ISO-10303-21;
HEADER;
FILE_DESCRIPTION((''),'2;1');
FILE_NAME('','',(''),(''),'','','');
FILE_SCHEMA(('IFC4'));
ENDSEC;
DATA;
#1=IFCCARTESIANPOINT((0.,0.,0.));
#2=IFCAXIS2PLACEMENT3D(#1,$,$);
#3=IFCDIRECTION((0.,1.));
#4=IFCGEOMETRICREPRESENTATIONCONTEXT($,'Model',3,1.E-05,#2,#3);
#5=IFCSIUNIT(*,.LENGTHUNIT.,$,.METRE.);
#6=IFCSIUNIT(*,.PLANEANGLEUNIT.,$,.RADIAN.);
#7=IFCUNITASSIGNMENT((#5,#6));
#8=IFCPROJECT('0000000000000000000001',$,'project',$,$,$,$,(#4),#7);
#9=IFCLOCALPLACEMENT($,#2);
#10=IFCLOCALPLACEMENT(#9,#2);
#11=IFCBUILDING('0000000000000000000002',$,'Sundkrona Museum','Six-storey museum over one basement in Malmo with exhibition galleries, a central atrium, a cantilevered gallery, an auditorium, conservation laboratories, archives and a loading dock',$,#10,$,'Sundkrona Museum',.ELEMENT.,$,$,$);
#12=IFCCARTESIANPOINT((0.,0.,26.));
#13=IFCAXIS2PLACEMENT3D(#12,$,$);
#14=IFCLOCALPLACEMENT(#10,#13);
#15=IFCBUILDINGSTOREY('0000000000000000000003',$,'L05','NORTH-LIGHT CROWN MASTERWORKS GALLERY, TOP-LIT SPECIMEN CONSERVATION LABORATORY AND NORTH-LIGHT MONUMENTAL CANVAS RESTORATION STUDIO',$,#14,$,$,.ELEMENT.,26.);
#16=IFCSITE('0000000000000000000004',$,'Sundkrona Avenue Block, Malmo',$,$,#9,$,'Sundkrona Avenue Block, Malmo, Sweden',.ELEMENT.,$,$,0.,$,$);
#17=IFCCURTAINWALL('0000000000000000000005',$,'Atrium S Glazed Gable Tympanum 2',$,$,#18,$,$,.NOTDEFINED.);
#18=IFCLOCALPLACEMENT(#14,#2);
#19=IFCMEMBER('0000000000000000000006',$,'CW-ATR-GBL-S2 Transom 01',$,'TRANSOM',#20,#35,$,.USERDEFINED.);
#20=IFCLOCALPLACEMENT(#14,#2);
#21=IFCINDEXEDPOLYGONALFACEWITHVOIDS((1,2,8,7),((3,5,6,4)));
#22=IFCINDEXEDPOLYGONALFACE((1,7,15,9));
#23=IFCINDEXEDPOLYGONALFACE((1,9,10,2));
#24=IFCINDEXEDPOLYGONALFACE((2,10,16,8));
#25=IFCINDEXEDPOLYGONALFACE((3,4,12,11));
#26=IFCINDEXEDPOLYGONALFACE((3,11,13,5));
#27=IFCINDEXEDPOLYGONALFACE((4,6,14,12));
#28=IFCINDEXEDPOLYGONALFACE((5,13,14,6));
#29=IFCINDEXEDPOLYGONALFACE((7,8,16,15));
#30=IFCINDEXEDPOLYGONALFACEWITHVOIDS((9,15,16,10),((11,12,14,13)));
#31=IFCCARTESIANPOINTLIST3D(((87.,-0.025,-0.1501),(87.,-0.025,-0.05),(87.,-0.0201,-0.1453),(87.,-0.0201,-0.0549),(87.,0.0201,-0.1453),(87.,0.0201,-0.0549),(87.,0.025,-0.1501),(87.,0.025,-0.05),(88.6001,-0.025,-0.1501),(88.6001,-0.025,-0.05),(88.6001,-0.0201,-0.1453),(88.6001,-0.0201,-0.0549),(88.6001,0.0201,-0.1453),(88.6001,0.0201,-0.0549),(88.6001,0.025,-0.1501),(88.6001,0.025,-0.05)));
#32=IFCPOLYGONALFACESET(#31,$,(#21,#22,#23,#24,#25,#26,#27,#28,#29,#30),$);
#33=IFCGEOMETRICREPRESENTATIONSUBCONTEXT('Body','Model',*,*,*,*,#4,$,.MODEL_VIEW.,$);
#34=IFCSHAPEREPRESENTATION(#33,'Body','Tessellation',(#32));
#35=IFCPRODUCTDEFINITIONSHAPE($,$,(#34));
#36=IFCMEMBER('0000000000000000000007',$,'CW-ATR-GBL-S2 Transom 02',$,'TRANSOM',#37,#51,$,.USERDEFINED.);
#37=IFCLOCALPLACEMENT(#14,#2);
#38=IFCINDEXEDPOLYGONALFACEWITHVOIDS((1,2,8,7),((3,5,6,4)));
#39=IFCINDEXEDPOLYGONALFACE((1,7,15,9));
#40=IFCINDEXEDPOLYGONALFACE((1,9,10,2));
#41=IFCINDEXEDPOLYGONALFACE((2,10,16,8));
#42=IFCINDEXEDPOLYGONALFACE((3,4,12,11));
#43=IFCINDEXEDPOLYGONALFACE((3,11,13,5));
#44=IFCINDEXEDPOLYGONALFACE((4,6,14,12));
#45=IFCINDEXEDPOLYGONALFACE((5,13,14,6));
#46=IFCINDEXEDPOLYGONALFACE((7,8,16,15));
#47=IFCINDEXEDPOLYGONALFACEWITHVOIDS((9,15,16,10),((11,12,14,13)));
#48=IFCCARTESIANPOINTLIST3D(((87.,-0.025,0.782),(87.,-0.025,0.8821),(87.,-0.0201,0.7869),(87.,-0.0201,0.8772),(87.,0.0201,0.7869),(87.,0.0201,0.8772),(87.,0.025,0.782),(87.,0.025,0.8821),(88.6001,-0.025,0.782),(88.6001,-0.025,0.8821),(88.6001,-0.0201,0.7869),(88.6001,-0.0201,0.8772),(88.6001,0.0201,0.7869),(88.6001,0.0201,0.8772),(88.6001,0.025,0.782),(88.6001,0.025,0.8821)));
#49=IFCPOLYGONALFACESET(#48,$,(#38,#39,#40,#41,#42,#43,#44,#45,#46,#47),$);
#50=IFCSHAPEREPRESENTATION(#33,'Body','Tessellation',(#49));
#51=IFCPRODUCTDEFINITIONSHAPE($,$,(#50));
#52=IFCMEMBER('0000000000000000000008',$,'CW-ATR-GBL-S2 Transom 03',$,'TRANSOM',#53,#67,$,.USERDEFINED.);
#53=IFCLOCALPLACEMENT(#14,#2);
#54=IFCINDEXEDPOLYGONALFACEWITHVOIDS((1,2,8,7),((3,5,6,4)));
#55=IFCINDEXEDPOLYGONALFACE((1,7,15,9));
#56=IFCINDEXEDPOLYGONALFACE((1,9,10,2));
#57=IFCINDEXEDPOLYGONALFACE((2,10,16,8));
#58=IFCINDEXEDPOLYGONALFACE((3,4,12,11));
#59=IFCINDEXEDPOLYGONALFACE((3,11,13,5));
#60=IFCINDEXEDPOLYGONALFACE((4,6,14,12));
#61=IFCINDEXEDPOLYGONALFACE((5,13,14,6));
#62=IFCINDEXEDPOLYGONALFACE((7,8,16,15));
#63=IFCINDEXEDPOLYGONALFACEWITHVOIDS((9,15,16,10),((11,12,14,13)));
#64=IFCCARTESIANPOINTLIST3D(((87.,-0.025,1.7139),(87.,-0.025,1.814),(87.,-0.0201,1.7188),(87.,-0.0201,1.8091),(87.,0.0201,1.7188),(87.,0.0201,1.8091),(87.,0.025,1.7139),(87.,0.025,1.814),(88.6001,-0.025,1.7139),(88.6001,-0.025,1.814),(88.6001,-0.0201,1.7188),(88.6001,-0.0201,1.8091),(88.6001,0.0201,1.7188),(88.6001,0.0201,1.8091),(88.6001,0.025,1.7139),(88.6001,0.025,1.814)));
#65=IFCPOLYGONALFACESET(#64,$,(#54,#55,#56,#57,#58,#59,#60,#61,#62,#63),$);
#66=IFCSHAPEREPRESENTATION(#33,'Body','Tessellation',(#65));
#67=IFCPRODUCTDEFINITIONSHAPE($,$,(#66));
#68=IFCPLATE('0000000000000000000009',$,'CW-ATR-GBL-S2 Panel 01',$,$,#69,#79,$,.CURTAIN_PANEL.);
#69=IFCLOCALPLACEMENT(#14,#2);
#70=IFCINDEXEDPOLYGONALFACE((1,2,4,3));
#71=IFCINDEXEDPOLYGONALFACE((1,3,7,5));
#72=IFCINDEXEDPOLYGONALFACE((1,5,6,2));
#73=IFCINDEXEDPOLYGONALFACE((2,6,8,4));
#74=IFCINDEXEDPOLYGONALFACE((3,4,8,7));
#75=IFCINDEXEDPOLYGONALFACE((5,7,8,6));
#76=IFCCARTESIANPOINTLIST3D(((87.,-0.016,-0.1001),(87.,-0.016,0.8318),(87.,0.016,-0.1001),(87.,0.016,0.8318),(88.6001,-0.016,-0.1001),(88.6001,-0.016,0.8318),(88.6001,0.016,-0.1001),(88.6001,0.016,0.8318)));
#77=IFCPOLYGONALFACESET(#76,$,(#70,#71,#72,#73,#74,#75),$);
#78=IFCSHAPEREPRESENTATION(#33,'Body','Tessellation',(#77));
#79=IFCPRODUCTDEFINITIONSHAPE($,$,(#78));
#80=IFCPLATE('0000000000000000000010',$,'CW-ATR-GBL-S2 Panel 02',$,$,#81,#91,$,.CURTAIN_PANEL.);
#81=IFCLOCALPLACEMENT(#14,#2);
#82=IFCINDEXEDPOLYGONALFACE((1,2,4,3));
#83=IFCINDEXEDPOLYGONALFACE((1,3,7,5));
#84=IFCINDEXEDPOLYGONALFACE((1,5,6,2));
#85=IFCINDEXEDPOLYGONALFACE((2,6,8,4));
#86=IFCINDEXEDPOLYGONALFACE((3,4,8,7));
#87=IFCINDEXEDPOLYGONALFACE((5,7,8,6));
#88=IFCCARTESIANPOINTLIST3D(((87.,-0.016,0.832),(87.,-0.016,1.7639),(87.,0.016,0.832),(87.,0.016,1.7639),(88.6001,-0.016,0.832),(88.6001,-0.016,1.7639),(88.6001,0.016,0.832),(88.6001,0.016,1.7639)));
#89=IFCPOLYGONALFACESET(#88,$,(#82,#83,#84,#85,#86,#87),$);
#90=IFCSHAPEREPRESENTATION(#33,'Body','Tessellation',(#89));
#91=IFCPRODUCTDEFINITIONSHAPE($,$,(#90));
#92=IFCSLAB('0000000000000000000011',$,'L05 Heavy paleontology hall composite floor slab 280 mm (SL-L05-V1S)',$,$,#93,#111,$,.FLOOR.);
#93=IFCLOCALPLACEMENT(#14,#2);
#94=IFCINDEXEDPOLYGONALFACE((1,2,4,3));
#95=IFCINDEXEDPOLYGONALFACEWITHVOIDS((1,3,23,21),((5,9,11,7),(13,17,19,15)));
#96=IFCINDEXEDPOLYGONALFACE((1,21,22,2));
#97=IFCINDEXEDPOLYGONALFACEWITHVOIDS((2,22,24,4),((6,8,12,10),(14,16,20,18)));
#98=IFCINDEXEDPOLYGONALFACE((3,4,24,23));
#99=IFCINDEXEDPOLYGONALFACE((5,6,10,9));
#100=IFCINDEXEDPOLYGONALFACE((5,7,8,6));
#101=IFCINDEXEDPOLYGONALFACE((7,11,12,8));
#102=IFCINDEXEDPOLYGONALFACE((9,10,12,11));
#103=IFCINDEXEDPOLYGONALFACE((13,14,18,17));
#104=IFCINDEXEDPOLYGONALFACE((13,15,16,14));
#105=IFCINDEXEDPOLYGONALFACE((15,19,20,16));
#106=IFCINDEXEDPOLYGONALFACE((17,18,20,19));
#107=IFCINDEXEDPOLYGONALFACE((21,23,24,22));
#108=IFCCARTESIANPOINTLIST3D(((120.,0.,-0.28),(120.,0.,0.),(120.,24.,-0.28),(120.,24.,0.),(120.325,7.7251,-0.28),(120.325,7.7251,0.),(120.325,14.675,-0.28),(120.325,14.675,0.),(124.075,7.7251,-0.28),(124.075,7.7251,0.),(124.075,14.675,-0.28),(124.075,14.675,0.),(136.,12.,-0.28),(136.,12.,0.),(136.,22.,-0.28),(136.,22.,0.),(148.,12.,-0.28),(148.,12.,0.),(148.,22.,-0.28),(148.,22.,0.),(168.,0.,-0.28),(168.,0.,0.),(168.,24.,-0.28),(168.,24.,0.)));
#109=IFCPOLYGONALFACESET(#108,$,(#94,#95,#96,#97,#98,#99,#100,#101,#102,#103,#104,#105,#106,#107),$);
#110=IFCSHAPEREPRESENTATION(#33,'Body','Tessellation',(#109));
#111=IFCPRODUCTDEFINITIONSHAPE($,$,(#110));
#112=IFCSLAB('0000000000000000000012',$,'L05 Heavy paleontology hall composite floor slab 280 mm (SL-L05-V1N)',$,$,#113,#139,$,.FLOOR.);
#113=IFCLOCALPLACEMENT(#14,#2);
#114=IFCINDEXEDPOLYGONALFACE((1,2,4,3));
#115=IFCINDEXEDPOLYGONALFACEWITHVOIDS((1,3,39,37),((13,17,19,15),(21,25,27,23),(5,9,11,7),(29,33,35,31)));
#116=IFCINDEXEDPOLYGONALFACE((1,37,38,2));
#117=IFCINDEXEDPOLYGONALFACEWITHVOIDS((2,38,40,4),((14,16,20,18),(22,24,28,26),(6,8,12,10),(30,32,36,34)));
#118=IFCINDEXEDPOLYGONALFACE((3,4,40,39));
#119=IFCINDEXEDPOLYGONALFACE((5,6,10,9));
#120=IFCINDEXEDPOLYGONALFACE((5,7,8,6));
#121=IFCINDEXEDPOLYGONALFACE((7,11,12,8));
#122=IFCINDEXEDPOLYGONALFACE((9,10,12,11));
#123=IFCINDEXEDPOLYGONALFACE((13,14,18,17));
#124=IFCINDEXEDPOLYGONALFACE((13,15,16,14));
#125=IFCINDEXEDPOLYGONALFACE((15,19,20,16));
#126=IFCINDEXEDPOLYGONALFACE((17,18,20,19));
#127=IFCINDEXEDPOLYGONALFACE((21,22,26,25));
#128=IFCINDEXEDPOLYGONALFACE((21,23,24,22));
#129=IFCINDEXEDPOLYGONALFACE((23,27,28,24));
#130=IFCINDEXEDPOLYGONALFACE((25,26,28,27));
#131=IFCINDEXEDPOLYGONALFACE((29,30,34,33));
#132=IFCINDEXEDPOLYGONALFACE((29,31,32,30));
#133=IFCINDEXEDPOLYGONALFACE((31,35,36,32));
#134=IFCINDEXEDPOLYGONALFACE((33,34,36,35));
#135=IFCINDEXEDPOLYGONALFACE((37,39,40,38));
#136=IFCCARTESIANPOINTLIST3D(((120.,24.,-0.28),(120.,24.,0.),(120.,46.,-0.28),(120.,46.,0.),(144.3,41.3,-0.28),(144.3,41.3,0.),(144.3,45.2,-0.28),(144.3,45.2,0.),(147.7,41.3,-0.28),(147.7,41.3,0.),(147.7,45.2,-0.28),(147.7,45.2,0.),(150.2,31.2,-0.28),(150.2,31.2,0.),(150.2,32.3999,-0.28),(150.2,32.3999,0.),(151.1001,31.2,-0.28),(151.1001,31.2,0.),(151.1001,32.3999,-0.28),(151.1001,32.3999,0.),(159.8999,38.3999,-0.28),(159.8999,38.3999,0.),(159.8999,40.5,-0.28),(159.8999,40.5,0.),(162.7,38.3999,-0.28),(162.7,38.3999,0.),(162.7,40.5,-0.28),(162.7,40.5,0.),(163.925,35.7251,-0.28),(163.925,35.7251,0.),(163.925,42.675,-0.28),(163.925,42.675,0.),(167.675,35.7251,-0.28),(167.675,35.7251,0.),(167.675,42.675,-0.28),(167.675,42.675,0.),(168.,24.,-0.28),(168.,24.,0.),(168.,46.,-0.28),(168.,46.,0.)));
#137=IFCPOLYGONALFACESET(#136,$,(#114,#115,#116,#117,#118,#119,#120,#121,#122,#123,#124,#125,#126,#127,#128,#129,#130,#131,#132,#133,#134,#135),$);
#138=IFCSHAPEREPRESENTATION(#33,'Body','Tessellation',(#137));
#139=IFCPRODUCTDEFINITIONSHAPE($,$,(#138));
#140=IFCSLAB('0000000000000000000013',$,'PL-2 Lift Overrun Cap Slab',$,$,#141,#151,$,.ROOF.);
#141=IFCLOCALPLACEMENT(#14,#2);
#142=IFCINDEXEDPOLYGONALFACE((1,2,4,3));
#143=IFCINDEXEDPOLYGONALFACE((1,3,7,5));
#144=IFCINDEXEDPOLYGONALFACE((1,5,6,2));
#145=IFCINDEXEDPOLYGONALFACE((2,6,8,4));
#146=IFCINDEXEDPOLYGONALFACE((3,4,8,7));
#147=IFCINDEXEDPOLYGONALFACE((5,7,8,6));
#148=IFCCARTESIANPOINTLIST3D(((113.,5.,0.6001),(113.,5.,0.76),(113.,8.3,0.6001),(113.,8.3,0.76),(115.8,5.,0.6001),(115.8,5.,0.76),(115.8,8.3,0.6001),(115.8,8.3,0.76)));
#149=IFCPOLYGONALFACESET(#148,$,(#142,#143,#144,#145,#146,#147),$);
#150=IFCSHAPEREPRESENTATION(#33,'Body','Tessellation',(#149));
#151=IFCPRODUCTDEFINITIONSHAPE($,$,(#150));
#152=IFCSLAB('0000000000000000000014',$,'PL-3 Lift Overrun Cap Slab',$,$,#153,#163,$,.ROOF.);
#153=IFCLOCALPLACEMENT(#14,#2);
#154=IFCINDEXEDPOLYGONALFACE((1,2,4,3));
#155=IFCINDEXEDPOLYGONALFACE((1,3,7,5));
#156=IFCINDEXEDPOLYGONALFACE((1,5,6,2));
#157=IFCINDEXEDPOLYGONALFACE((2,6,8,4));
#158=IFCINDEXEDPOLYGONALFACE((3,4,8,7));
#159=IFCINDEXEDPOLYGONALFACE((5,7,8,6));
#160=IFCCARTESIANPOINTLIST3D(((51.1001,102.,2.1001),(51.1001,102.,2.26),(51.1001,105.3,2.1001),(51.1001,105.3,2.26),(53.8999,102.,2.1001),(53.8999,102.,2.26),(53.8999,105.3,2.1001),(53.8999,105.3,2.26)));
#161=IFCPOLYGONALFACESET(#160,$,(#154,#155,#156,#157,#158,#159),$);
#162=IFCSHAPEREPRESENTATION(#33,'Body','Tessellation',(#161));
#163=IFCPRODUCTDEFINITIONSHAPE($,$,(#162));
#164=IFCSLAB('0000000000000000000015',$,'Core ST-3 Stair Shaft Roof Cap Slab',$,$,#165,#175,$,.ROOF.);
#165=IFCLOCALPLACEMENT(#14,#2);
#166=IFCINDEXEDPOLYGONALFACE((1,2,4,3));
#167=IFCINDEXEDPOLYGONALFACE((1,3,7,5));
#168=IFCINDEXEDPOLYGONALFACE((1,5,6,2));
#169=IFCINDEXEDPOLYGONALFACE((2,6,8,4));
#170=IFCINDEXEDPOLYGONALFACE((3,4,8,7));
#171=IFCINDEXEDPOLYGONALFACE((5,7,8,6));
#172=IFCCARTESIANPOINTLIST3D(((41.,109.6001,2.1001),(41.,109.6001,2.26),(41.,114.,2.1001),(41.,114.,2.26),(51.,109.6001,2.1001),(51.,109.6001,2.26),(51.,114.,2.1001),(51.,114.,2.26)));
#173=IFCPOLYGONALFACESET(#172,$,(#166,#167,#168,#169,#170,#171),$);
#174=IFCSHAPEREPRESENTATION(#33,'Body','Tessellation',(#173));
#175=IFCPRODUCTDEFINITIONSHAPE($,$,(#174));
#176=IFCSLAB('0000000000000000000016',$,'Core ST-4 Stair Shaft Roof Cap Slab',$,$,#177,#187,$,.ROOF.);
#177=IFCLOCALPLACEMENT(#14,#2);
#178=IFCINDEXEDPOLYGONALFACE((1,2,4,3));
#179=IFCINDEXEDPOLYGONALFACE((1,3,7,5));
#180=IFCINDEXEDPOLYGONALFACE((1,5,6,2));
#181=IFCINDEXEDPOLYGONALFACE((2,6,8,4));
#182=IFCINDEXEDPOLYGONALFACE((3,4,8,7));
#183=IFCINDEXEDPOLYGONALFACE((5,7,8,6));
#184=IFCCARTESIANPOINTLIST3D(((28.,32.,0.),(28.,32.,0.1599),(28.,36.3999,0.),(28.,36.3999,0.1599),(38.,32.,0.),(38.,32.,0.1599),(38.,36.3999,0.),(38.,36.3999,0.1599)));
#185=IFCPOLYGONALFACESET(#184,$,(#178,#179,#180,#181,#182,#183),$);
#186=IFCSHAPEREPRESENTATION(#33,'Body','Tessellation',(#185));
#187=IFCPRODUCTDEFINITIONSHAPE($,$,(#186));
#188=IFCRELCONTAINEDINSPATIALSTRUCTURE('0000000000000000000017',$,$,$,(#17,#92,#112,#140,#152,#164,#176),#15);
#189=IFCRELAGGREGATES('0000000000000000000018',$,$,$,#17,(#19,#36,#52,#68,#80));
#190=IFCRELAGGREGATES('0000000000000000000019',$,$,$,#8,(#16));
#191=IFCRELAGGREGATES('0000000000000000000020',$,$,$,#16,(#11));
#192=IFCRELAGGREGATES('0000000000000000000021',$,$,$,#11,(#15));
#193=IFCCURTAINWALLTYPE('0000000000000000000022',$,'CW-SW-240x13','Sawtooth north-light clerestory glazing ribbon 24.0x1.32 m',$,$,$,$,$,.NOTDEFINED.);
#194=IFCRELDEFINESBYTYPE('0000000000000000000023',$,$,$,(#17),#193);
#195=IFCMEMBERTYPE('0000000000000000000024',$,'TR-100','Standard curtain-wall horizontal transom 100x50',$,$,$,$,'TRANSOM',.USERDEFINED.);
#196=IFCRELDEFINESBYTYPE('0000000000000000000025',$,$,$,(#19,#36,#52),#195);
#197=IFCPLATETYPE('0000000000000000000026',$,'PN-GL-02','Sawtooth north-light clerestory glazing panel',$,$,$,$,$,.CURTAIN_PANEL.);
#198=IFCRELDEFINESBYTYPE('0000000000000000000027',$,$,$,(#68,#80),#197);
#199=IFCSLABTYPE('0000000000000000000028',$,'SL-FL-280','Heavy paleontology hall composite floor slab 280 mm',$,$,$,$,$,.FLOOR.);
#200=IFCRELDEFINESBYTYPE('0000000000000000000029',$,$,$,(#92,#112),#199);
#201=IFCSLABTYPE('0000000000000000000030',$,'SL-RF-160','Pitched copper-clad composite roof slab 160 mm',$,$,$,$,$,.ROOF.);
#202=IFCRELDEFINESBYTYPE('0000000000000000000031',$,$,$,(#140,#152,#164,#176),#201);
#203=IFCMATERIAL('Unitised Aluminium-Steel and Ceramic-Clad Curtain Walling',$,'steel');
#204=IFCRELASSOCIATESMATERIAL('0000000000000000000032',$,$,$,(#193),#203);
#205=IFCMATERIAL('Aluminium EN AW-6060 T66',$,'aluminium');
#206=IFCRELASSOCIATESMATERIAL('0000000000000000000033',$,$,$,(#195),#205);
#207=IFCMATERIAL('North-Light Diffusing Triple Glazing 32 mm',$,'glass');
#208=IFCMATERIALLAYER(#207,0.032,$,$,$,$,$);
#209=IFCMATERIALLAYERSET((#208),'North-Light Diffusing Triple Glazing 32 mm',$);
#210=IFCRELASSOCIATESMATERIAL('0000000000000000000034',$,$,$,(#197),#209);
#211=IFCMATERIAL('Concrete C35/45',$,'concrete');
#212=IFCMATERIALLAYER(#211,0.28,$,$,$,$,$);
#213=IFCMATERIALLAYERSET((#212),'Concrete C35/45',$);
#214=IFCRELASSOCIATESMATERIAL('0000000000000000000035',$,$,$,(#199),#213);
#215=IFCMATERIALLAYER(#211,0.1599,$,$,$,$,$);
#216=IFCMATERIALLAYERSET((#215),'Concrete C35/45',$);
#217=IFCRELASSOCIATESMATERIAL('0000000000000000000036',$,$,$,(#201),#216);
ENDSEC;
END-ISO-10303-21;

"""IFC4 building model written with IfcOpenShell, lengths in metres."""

from ifc_helpers import new_model, si_unit, direction, frame, origin, origin_2d, place, context, subcontext, project, spatial, polyline, rectangle, hollow_rectangle, outline, extrude, material, layer, layer_set, material_profile, profile_set, type_object, element, aggregate, save


model = new_model("IFC4")

# Units and contexts
model_context = context("Model", 3, precision=1e-05, world=origin(), true_north=direction((0.0, 1.0)))
body_context = subcontext(model_context, "Body", "Model", "MODEL_VIEW")
ifc_project = project(units=[si_unit("LENGTHUNIT", "METRE"), si_unit("PLANEANGLEUNIT", "RADIAN")], contexts=[model_context])

# Site, building, storey
site_placement = place(None, origin())
site = spatial("IfcSite", under=ifc_project, at=site_placement, Name="Sundkrona Avenue Block, Malmo", LongName="Sundkrona Avenue Block, Malmo, Sweden", CompositionType="ELEMENT", RefElevation=0.0)
building_placement = place(site_placement, origin())
building = spatial("IfcBuilding", under=site, at=building_placement, Name="Sundkrona Museum", Description="Six-storey museum over one basement in Malmo with exhibition galleries, a central atrium, a cantilevered gallery, an auditorium, conservation laboratories, archives and a loading dock", LongName="Sundkrona Museum", CompositionType="ELEMENT")
storey_placement = place(building_placement, frame((0.0, 0.0, 26.0)))
storey = spatial("IfcBuildingStorey", under=building, at=storey_placement, Name="L05", Description="NORTH-LIGHT CROWN MASTERWORKS GALLERY, TOP-LIT SPECIMEN CONSERVATION LABORATORY AND NORTH-LIGHT MONUMENTAL CANVAS RESTORATION STUDIO", CompositionType="ELEMENT", Elevation=26.0)

# Curtain wall
ifc_material_1 = material(Name="Unitised Aluminium-Steel and Ceramic-Clad Curtain Walling", Category="steel")
curtain_wall_type = type_object("IfcCurtainWallType", Name="CW-SW-240x13", Description="Sawtooth north-light clerestory glazing ribbon 24.0x1.32 m", PredefinedType="NOTDEFINED", material=ifc_material_1)
curtain_wall_placement = place(storey_placement, origin())
curtain_wall = element("IfcCurtainWall", 1, at=curtain_wall_placement, inside=storey, type_object=curtain_wall_type, Name="Atrium S Glazed Gable Tympanum 2", PredefinedType="NOTDEFINED")
ifc_material_2 = material(Name="Aluminium EN AW-6060 T66", Category="aluminium")

# Members
ifc_material_profile_1 = material_profile(ifc_material_2, hollow_rectangle(XDim=0.05, YDim=0.1001, WallThickness=0.0049, at=origin_2d()), Name="RHS 100x50x5.0")
ifc_profile_set_1 = profile_set([ifc_material_profile_1], Name="Aluminium EN AW-6060 T66")
member_type_1 = type_object("IfcMemberType", Name="TR-100", Description="Standard curtain-wall horizontal transom 100x50", ElementType="TRANSOM", PredefinedType="USERDEFINED", material=ifc_profile_set_1)
member_1_placement = place(storey_placement, frame((87.0, 0.0, -0.1001), z_axis=(1.0, 0.0, 0.0), x_axis=(0.0, 1.0, 0.0)))
member_1 = element("IfcMember", 2, at=member_1_placement, type_object=member_type_1, Name="CW-ATR-GBL-S2 Transom 01", ObjectType="TRANSOM", PredefinedType="USERDEFINED", context=body_context, shape_type="SweptSolid", body=[
    extrude(hollow_rectangle(XDim=0.05, YDim=0.1001, WallThickness=0.0049, at=origin_2d()), origin(), (0.0, 0.0, 1.0), 1.6001),
])
member_2_placement = place(storey_placement, frame((87.0, 0.0, 0.832), z_axis=(1.0, 0.0, 0.0), x_axis=(0.0, 1.0, 0.0)))
member_2 = element("IfcMember", 3, at=member_2_placement, type_object=member_type_1, Name="CW-ATR-GBL-S2 Transom 02", ObjectType="TRANSOM", PredefinedType="USERDEFINED", context=body_context, shape_type="SweptSolid", body=[
    extrude(hollow_rectangle(XDim=0.05, YDim=0.1001, WallThickness=0.0049, at=origin_2d()), origin(), (0.0, 0.0, 1.0), 1.6001),
])
member_3_placement = place(storey_placement, frame((87.0, 0.0, 1.7639), z_axis=(1.0, 0.0, 0.0), x_axis=(0.0, 1.0, 0.0)))
member_3 = element("IfcMember", 4, at=member_3_placement, type_object=member_type_1, Name="CW-ATR-GBL-S2 Transom 03", ObjectType="TRANSOM", PredefinedType="USERDEFINED", context=body_context, shape_type="SweptSolid", body=[
    extrude(hollow_rectangle(XDim=0.05, YDim=0.1001, WallThickness=0.0049, at=origin_2d()), origin(), (0.0, 0.0, 1.0), 1.6001),
])

# Plates
ifc_material_3 = material(Name="North-Light Diffusing Triple Glazing 32 mm", Category="glass")
ifc_layer_1 = layer(ifc_material_3, 0.032)
ifc_layer_set_1 = layer_set([ifc_layer_1], Name="North-Light Diffusing Triple Glazing 32 mm")
plate_type = type_object("IfcPlateType", Name="PN-GL-02", Description="Sawtooth north-light clerestory glazing panel", PredefinedType="CURTAIN_PANEL", material=ifc_layer_set_1)
plate_1_placement = place(storey_placement, frame((87.8, 0.0, -0.1001), z_axis=(0.0, 0.0, 1.0), x_axis=(1.0, 0.0, 0.0)))
plate_1 = element("IfcPlate", 5, at=plate_1_placement, type_object=plate_type, Name="CW-ATR-GBL-S2 Panel 01", PredefinedType="CURTAIN_PANEL", context=body_context, shape_type="SweptSolid", body=[
    extrude(rectangle(XDim=1.6001, YDim=0.032, at=origin_2d()), origin(), (0.0, 0.0, 1.0), 0.9319),
])
plate_2_placement = place(storey_placement, frame((87.8, 0.0, 0.832), z_axis=(0.0, 0.0, 1.0), x_axis=(1.0, 0.0, 0.0)))
plate_2 = element("IfcPlate", 6, at=plate_2_placement, type_object=plate_type, Name="CW-ATR-GBL-S2 Panel 02", PredefinedType="CURTAIN_PANEL", context=body_context, shape_type="SweptSolid", body=[
    extrude(rectangle(XDim=1.6001, YDim=0.032, at=origin_2d()), origin(), (0.0, 0.0, 1.0), 0.9319),
])
aggregate(curtain_wall, [member_1, member_2, member_3, plate_1, plate_2])

# Slabs
ifc_material_4 = material(Name="Concrete C35/45", Category="concrete")
ifc_layer_2 = layer(ifc_material_4, 0.28)
ifc_layer_set_2 = layer_set([ifc_layer_2], Name="Concrete C35/45")
slab_type_1 = type_object("IfcSlabType", Name="SL-FL-280", Description="Heavy paleontology hall composite floor slab 280 mm", PredefinedType="FLOOR", material=ifc_layer_set_2)
slab_1_placement = place(storey_placement, frame((0.0, 0.0, -0.28)))
element("IfcSlab", 7, at=slab_1_placement, inside=storey, type_object=slab_type_1, Name="L05 Heavy paleontology hall composite floor slab 280 mm (SL-L05-V1S)", PredefinedType="FLOOR", context=body_context, shape_type="SweptSolid", body=[
    extrude(outline(polyline([(120.0, 0.0), (168.0, 0.0), (168.0, 24.0), (120.0, 24.0), (120.0, 0.0)]), holes=[polyline([(136.0, 22.0), (148.0, 22.0), (148.0, 12.0), (136.0, 12.0), (136.0, 22.0)]), polyline([(120.325, 7.7251), (120.325, 14.675), (124.075, 14.675), (124.075, 7.7251), (120.325, 7.7251)])]), origin(), (0.0, 0.0, 1.0), 0.28),
])
slab_2_placement = place(storey_placement, frame((0.0, 0.0, -0.28)))
element("IfcSlab", 8, at=slab_2_placement, inside=storey, type_object=slab_type_1, Name="L05 Heavy paleontology hall composite floor slab 280 mm (SL-L05-V1N)", PredefinedType="FLOOR", context=body_context, shape_type="SweptSolid", body=[
    extrude(outline(polyline([(120.0, 24.0), (168.0, 24.0), (168.0, 46.0), (120.0, 46.0), (120.0, 24.0)]), holes=[polyline([(167.675, 42.675), (167.675, 35.7251), (163.925, 35.7251), (163.925, 42.675), (167.675, 42.675)]), polyline([(162.7, 38.3999), (159.8999, 38.3999), (159.8999, 40.5), (162.7, 40.5), (162.7, 38.3999)]), polyline([(151.1001, 31.2), (150.2, 31.2), (150.2, 32.3999), (151.1001, 32.3999), (151.1001, 31.2)]), polyline([(147.7, 41.3), (144.3, 41.3), (144.3, 45.2), (147.7, 45.2), (147.7, 41.3)])]), origin(), (0.0, 0.0, 1.0), 0.28),
])
ifc_layer_3 = layer(ifc_material_4, 0.1599)
ifc_layer_set_3 = layer_set([ifc_layer_3], Name="Concrete C35/45")
slab_type_2 = type_object("IfcSlabType", Name="SL-RF-160", Description="Pitched copper-clad composite roof slab 160 mm", PredefinedType="ROOF", material=ifc_layer_set_3)
slab_3_placement = place(storey_placement, frame((0.0, 0.0, 0.6001)))
element("IfcSlab", 9, at=slab_3_placement, inside=storey, type_object=slab_type_2, Name="PL-2 Lift Overrun Cap Slab", PredefinedType="ROOF", context=body_context, shape_type="SweptSolid", body=[
    extrude(outline(polyline([(113.0, 5.0), (115.8, 5.0), (115.8, 8.3), (113.0, 8.3), (113.0, 5.0)])), origin(), (0.0, 0.0, 1.0), 0.1599),
])
slab_4_placement = place(storey_placement, frame((0.0, 0.0, 2.1001)))
element("IfcSlab", 10, at=slab_4_placement, inside=storey, type_object=slab_type_2, Name="PL-3 Lift Overrun Cap Slab", PredefinedType="ROOF", context=body_context, shape_type="SweptSolid", body=[
    extrude(outline(polyline([(51.1001, 102.0), (53.8999, 102.0), (53.8999, 105.3), (51.1001, 105.3), (51.1001, 102.0)])), origin(), (0.0, 0.0, 1.0), 0.1599),
])
slab_5_placement = place(storey_placement, frame((0.0, 0.0, 2.1001)))
element("IfcSlab", 11, at=slab_5_placement, inside=storey, type_object=slab_type_2, Name="Core ST-3 Stair Shaft Roof Cap Slab", PredefinedType="ROOF", context=body_context, shape_type="SweptSolid", body=[
    extrude(outline(polyline([(41.0, 109.6001), (51.0, 109.6001), (51.0, 114.0), (41.0, 114.0), (41.0, 109.6001)])), origin(), (0.0, 0.0, 1.0), 0.1599),
])
slab_6_placement = place(storey_placement, origin())
element("IfcSlab", 12, at=slab_6_placement, inside=storey, type_object=slab_type_2, Name="Core ST-4 Stair Shaft Roof Cap Slab", PredefinedType="ROOF", context=body_context, shape_type="SweptSolid", body=[
    extrude(outline(polyline([(28.0, 32.0), (38.0, 32.0), (38.0, 36.3999), (28.0, 36.3999), (28.0, 32.0)])), origin(), (0.0, 0.0, 1.0), 0.1599),
])

save(model, "model.ifc")
